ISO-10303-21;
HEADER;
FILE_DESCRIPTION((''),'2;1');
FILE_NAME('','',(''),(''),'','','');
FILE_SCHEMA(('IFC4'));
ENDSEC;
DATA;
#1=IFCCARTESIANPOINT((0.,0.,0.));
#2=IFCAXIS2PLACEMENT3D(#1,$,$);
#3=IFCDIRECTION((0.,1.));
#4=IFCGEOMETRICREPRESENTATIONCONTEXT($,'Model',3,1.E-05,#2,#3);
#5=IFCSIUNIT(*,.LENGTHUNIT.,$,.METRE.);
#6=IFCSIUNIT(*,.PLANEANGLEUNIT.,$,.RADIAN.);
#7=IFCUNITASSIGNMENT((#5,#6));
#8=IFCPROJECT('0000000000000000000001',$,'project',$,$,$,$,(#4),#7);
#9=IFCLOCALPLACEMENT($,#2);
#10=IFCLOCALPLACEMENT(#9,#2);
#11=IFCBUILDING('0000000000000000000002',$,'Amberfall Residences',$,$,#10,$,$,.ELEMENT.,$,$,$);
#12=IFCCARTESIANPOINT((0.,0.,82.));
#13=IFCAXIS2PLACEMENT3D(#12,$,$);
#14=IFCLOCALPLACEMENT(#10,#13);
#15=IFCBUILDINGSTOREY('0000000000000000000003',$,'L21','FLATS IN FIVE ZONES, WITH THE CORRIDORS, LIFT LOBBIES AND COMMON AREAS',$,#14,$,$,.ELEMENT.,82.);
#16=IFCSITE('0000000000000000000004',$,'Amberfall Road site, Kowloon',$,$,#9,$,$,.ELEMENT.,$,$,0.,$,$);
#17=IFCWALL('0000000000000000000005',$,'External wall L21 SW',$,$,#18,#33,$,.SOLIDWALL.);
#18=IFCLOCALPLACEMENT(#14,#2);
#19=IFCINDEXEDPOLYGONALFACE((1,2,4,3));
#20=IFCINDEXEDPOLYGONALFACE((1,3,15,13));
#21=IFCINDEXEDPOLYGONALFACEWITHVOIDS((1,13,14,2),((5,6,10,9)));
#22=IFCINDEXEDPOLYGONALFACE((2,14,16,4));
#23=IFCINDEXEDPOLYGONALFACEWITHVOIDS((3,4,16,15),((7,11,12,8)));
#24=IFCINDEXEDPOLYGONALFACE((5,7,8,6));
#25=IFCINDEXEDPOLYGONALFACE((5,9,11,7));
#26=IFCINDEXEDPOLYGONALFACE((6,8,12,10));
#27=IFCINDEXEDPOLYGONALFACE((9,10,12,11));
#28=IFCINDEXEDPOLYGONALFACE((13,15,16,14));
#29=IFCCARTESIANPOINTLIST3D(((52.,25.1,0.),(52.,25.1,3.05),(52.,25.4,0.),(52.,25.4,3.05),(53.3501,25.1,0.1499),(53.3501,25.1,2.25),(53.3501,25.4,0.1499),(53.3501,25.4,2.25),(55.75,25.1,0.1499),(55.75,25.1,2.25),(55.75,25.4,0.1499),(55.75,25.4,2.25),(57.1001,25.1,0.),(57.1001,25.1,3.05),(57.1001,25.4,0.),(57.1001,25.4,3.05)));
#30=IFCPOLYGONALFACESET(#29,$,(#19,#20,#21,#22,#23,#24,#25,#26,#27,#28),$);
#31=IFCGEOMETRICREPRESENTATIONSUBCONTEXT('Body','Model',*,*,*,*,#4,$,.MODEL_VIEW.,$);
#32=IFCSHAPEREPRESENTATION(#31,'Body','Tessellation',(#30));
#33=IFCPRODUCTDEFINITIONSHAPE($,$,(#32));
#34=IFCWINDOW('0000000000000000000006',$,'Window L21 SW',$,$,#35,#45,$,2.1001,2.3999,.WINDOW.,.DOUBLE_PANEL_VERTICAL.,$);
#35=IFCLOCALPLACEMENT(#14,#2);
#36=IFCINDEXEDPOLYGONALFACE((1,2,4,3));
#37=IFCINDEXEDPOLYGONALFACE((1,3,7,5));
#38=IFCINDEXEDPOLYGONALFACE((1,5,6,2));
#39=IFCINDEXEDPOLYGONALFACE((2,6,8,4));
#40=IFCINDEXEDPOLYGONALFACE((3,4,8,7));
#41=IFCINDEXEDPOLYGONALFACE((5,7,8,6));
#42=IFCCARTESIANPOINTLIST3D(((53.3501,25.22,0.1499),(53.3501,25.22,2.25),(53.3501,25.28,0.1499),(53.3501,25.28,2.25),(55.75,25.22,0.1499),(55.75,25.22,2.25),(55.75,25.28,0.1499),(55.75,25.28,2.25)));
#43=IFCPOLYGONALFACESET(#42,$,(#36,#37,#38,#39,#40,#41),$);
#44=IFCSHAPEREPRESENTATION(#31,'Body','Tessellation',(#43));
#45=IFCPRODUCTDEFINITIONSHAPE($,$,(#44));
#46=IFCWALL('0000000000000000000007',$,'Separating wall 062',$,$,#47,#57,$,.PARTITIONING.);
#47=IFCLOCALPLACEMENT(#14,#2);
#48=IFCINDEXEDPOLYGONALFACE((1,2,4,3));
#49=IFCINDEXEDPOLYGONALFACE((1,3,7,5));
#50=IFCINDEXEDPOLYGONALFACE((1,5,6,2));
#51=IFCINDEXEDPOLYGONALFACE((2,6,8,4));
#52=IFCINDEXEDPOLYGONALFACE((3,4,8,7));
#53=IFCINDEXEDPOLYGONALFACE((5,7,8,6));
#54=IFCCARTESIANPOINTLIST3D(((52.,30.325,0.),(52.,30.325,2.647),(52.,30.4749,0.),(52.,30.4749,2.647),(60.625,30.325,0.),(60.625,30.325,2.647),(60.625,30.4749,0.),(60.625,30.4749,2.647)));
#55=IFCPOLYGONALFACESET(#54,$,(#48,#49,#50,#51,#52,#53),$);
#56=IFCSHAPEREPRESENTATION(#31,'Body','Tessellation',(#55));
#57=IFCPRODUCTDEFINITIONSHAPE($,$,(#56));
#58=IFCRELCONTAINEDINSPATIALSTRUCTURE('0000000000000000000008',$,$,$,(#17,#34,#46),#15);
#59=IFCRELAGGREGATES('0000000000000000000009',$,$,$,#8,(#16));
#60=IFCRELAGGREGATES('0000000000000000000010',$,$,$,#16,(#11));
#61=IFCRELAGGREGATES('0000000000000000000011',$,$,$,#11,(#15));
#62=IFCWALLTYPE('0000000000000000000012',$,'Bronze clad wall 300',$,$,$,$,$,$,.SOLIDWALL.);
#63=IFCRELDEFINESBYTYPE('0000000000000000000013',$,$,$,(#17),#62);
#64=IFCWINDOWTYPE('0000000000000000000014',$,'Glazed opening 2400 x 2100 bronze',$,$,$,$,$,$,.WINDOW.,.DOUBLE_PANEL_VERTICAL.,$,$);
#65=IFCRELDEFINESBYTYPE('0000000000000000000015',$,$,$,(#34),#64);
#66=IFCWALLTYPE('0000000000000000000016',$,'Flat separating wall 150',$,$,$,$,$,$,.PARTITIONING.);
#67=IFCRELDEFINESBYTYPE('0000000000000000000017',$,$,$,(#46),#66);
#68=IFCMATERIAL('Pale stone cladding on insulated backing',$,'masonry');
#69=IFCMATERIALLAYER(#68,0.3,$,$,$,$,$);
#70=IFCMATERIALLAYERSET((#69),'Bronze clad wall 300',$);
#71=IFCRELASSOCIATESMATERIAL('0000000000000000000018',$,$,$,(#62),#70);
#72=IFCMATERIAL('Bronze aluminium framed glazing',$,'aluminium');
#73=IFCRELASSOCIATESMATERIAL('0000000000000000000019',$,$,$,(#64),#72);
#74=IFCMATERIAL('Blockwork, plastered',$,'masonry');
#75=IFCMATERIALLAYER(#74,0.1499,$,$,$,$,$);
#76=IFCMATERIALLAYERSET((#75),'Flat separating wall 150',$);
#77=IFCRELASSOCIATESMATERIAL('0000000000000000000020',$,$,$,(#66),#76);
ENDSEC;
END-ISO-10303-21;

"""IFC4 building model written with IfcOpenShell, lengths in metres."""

from ifc_helpers import new_model, si_unit, direction, frame, frame_2d, origin, place, context, subcontext, project, spatial, rectangle, extrude, material, layer, layer_set, type_object, element, fill, save


model = new_model("IFC4")

# Units and contexts
model_context = context("Model", 3, precision=1e-05, world=origin(), true_north=direction((0.0, 1.0)))
body_context = subcontext(model_context, "Body", "Model", "MODEL_VIEW")
ifc_project = project(units=[si_unit("LENGTHUNIT", "METRE"), si_unit("PLANEANGLEUNIT", "RADIAN")], contexts=[model_context])

# Site, building, storey
site_placement = place(None, origin())
site = spatial("IfcSite", under=ifc_project, at=site_placement, Name="Amberfall Road site, Kowloon", CompositionType="ELEMENT", RefElevation=0.0)
building_placement = place(site_placement, origin())
building = spatial("IfcBuilding", under=site, at=building_placement, Name="Amberfall Residences", CompositionType="ELEMENT")
storey_placement = place(building_placement, frame((0.0, 0.0, 82.0)))
storey = spatial("IfcBuildingStorey", under=building, at=storey_placement, Name="L21", Description="FLATS IN FIVE ZONES, WITH THE CORRIDORS, LIFT LOBBIES AND COMMON AREAS", CompositionType="ELEMENT", Elevation=82.0)

# Wall, opening, window
ifc_material_1 = material(Name="Pale stone cladding on insulated backing", Category="masonry")
ifc_layer_1 = layer(ifc_material_1, 0.3)
ifc_layer_set_1 = layer_set([ifc_layer_1], Name="Bronze clad wall 300")
wall_type_1 = type_object("IfcWallType", Name="Bronze clad wall 300", PredefinedType="SOLIDWALL", material=ifc_layer_set_1)
wall_1_placement = place(storey_placement, frame((52.0, 25.25, 0.0), z_axis=(0.0, 0.0, 1.0), x_axis=(1.0, 0.0, 0.0)))
wall_1 = element("IfcWall", 1, at=wall_1_placement, inside=storey, type_object=wall_type_1, Name="External wall L21 SW", PredefinedType="SOLIDWALL", context=body_context, shape_type="SweptSolid", body=[
    extrude(rectangle(XDim=5.1001, YDim=0.3, at=frame_2d((2.55, 0.0))), origin(), (0.0, 0.0, 1.0), 3.05),
])
opening_placement = place(wall_1_placement, frame((1.3501, 0.0, 0.1499)))
opening = element("IfcOpeningElement", 2, at=opening_placement, cuts=wall_1, PredefinedType="OPENING", context=body_context, shape_type="SweptSolid", body=[
    extrude(rectangle(XDim=2.3999, YDim=2.1001, at=frame_2d((1.2, 1.05))), frame((0.0, 0.1599, 0.0), z_axis=(0.0, -1.0, 0.0), x_axis=(1.0, 0.0, 0.0)), (0.0, 0.0, 1.0), 0.3201),
])
ifc_material_2 = material(Name="Bronze aluminium framed glazing", Category="aluminium")
window_type = type_object("IfcWindowType", Name="Glazed opening 2400 x 2100 bronze", PartitioningType="DOUBLE_PANEL_VERTICAL", PredefinedType="WINDOW", material=ifc_material_2)
window_placement = place(opening_placement, origin())
window = element("IfcWindow", 3, at=window_placement, inside=storey, type_object=window_type, Name="Window L21 SW", OverallHeight=2.1001, OverallWidth=2.3999, PartitioningType="DOUBLE_PANEL_VERTICAL", PredefinedType="WINDOW", context=body_context, shape_type="SweptSolid", body=[
    extrude(rectangle(XDim=2.3999, YDim=2.1001, at=frame_2d((1.2, 1.05))), frame((0.0, 0.03, 0.0), z_axis=(0.0, -1.0, 0.0), x_axis=(1.0, 0.0, 0.0)), (0.0, 0.0, 1.0), 0.0601),
])
fill(opening, window)

# Wall
ifc_material_3 = material(Name="Blockwork, plastered", Category="masonry")
ifc_layer_2 = layer(ifc_material_3, 0.1499)
ifc_layer_set_2 = layer_set([ifc_layer_2], Name="Flat separating wall 150")
wall_type_2 = type_object("IfcWallType", Name="Flat separating wall 150", PredefinedType="PARTITIONING", material=ifc_layer_set_2)
wall_2_placement = place(storey_placement, frame((52.0, 30.3999, 0.0), z_axis=(0.0, 0.0, 1.0), x_axis=(1.0, 0.0, 0.0)))
element("IfcWall", 4, at=wall_2_placement, inside=storey, type_object=wall_type_2, Name="Separating wall 062", PredefinedType="PARTITIONING", context=body_context, shape_type="SweptSolid", body=[
    extrude(rectangle(XDim=8.625, YDim=0.1499, at=frame_2d((4.3125, 0.0))), origin(), (0.0, 0.0, 1.0), 2.647),
])

save(model, "model.ifc")
